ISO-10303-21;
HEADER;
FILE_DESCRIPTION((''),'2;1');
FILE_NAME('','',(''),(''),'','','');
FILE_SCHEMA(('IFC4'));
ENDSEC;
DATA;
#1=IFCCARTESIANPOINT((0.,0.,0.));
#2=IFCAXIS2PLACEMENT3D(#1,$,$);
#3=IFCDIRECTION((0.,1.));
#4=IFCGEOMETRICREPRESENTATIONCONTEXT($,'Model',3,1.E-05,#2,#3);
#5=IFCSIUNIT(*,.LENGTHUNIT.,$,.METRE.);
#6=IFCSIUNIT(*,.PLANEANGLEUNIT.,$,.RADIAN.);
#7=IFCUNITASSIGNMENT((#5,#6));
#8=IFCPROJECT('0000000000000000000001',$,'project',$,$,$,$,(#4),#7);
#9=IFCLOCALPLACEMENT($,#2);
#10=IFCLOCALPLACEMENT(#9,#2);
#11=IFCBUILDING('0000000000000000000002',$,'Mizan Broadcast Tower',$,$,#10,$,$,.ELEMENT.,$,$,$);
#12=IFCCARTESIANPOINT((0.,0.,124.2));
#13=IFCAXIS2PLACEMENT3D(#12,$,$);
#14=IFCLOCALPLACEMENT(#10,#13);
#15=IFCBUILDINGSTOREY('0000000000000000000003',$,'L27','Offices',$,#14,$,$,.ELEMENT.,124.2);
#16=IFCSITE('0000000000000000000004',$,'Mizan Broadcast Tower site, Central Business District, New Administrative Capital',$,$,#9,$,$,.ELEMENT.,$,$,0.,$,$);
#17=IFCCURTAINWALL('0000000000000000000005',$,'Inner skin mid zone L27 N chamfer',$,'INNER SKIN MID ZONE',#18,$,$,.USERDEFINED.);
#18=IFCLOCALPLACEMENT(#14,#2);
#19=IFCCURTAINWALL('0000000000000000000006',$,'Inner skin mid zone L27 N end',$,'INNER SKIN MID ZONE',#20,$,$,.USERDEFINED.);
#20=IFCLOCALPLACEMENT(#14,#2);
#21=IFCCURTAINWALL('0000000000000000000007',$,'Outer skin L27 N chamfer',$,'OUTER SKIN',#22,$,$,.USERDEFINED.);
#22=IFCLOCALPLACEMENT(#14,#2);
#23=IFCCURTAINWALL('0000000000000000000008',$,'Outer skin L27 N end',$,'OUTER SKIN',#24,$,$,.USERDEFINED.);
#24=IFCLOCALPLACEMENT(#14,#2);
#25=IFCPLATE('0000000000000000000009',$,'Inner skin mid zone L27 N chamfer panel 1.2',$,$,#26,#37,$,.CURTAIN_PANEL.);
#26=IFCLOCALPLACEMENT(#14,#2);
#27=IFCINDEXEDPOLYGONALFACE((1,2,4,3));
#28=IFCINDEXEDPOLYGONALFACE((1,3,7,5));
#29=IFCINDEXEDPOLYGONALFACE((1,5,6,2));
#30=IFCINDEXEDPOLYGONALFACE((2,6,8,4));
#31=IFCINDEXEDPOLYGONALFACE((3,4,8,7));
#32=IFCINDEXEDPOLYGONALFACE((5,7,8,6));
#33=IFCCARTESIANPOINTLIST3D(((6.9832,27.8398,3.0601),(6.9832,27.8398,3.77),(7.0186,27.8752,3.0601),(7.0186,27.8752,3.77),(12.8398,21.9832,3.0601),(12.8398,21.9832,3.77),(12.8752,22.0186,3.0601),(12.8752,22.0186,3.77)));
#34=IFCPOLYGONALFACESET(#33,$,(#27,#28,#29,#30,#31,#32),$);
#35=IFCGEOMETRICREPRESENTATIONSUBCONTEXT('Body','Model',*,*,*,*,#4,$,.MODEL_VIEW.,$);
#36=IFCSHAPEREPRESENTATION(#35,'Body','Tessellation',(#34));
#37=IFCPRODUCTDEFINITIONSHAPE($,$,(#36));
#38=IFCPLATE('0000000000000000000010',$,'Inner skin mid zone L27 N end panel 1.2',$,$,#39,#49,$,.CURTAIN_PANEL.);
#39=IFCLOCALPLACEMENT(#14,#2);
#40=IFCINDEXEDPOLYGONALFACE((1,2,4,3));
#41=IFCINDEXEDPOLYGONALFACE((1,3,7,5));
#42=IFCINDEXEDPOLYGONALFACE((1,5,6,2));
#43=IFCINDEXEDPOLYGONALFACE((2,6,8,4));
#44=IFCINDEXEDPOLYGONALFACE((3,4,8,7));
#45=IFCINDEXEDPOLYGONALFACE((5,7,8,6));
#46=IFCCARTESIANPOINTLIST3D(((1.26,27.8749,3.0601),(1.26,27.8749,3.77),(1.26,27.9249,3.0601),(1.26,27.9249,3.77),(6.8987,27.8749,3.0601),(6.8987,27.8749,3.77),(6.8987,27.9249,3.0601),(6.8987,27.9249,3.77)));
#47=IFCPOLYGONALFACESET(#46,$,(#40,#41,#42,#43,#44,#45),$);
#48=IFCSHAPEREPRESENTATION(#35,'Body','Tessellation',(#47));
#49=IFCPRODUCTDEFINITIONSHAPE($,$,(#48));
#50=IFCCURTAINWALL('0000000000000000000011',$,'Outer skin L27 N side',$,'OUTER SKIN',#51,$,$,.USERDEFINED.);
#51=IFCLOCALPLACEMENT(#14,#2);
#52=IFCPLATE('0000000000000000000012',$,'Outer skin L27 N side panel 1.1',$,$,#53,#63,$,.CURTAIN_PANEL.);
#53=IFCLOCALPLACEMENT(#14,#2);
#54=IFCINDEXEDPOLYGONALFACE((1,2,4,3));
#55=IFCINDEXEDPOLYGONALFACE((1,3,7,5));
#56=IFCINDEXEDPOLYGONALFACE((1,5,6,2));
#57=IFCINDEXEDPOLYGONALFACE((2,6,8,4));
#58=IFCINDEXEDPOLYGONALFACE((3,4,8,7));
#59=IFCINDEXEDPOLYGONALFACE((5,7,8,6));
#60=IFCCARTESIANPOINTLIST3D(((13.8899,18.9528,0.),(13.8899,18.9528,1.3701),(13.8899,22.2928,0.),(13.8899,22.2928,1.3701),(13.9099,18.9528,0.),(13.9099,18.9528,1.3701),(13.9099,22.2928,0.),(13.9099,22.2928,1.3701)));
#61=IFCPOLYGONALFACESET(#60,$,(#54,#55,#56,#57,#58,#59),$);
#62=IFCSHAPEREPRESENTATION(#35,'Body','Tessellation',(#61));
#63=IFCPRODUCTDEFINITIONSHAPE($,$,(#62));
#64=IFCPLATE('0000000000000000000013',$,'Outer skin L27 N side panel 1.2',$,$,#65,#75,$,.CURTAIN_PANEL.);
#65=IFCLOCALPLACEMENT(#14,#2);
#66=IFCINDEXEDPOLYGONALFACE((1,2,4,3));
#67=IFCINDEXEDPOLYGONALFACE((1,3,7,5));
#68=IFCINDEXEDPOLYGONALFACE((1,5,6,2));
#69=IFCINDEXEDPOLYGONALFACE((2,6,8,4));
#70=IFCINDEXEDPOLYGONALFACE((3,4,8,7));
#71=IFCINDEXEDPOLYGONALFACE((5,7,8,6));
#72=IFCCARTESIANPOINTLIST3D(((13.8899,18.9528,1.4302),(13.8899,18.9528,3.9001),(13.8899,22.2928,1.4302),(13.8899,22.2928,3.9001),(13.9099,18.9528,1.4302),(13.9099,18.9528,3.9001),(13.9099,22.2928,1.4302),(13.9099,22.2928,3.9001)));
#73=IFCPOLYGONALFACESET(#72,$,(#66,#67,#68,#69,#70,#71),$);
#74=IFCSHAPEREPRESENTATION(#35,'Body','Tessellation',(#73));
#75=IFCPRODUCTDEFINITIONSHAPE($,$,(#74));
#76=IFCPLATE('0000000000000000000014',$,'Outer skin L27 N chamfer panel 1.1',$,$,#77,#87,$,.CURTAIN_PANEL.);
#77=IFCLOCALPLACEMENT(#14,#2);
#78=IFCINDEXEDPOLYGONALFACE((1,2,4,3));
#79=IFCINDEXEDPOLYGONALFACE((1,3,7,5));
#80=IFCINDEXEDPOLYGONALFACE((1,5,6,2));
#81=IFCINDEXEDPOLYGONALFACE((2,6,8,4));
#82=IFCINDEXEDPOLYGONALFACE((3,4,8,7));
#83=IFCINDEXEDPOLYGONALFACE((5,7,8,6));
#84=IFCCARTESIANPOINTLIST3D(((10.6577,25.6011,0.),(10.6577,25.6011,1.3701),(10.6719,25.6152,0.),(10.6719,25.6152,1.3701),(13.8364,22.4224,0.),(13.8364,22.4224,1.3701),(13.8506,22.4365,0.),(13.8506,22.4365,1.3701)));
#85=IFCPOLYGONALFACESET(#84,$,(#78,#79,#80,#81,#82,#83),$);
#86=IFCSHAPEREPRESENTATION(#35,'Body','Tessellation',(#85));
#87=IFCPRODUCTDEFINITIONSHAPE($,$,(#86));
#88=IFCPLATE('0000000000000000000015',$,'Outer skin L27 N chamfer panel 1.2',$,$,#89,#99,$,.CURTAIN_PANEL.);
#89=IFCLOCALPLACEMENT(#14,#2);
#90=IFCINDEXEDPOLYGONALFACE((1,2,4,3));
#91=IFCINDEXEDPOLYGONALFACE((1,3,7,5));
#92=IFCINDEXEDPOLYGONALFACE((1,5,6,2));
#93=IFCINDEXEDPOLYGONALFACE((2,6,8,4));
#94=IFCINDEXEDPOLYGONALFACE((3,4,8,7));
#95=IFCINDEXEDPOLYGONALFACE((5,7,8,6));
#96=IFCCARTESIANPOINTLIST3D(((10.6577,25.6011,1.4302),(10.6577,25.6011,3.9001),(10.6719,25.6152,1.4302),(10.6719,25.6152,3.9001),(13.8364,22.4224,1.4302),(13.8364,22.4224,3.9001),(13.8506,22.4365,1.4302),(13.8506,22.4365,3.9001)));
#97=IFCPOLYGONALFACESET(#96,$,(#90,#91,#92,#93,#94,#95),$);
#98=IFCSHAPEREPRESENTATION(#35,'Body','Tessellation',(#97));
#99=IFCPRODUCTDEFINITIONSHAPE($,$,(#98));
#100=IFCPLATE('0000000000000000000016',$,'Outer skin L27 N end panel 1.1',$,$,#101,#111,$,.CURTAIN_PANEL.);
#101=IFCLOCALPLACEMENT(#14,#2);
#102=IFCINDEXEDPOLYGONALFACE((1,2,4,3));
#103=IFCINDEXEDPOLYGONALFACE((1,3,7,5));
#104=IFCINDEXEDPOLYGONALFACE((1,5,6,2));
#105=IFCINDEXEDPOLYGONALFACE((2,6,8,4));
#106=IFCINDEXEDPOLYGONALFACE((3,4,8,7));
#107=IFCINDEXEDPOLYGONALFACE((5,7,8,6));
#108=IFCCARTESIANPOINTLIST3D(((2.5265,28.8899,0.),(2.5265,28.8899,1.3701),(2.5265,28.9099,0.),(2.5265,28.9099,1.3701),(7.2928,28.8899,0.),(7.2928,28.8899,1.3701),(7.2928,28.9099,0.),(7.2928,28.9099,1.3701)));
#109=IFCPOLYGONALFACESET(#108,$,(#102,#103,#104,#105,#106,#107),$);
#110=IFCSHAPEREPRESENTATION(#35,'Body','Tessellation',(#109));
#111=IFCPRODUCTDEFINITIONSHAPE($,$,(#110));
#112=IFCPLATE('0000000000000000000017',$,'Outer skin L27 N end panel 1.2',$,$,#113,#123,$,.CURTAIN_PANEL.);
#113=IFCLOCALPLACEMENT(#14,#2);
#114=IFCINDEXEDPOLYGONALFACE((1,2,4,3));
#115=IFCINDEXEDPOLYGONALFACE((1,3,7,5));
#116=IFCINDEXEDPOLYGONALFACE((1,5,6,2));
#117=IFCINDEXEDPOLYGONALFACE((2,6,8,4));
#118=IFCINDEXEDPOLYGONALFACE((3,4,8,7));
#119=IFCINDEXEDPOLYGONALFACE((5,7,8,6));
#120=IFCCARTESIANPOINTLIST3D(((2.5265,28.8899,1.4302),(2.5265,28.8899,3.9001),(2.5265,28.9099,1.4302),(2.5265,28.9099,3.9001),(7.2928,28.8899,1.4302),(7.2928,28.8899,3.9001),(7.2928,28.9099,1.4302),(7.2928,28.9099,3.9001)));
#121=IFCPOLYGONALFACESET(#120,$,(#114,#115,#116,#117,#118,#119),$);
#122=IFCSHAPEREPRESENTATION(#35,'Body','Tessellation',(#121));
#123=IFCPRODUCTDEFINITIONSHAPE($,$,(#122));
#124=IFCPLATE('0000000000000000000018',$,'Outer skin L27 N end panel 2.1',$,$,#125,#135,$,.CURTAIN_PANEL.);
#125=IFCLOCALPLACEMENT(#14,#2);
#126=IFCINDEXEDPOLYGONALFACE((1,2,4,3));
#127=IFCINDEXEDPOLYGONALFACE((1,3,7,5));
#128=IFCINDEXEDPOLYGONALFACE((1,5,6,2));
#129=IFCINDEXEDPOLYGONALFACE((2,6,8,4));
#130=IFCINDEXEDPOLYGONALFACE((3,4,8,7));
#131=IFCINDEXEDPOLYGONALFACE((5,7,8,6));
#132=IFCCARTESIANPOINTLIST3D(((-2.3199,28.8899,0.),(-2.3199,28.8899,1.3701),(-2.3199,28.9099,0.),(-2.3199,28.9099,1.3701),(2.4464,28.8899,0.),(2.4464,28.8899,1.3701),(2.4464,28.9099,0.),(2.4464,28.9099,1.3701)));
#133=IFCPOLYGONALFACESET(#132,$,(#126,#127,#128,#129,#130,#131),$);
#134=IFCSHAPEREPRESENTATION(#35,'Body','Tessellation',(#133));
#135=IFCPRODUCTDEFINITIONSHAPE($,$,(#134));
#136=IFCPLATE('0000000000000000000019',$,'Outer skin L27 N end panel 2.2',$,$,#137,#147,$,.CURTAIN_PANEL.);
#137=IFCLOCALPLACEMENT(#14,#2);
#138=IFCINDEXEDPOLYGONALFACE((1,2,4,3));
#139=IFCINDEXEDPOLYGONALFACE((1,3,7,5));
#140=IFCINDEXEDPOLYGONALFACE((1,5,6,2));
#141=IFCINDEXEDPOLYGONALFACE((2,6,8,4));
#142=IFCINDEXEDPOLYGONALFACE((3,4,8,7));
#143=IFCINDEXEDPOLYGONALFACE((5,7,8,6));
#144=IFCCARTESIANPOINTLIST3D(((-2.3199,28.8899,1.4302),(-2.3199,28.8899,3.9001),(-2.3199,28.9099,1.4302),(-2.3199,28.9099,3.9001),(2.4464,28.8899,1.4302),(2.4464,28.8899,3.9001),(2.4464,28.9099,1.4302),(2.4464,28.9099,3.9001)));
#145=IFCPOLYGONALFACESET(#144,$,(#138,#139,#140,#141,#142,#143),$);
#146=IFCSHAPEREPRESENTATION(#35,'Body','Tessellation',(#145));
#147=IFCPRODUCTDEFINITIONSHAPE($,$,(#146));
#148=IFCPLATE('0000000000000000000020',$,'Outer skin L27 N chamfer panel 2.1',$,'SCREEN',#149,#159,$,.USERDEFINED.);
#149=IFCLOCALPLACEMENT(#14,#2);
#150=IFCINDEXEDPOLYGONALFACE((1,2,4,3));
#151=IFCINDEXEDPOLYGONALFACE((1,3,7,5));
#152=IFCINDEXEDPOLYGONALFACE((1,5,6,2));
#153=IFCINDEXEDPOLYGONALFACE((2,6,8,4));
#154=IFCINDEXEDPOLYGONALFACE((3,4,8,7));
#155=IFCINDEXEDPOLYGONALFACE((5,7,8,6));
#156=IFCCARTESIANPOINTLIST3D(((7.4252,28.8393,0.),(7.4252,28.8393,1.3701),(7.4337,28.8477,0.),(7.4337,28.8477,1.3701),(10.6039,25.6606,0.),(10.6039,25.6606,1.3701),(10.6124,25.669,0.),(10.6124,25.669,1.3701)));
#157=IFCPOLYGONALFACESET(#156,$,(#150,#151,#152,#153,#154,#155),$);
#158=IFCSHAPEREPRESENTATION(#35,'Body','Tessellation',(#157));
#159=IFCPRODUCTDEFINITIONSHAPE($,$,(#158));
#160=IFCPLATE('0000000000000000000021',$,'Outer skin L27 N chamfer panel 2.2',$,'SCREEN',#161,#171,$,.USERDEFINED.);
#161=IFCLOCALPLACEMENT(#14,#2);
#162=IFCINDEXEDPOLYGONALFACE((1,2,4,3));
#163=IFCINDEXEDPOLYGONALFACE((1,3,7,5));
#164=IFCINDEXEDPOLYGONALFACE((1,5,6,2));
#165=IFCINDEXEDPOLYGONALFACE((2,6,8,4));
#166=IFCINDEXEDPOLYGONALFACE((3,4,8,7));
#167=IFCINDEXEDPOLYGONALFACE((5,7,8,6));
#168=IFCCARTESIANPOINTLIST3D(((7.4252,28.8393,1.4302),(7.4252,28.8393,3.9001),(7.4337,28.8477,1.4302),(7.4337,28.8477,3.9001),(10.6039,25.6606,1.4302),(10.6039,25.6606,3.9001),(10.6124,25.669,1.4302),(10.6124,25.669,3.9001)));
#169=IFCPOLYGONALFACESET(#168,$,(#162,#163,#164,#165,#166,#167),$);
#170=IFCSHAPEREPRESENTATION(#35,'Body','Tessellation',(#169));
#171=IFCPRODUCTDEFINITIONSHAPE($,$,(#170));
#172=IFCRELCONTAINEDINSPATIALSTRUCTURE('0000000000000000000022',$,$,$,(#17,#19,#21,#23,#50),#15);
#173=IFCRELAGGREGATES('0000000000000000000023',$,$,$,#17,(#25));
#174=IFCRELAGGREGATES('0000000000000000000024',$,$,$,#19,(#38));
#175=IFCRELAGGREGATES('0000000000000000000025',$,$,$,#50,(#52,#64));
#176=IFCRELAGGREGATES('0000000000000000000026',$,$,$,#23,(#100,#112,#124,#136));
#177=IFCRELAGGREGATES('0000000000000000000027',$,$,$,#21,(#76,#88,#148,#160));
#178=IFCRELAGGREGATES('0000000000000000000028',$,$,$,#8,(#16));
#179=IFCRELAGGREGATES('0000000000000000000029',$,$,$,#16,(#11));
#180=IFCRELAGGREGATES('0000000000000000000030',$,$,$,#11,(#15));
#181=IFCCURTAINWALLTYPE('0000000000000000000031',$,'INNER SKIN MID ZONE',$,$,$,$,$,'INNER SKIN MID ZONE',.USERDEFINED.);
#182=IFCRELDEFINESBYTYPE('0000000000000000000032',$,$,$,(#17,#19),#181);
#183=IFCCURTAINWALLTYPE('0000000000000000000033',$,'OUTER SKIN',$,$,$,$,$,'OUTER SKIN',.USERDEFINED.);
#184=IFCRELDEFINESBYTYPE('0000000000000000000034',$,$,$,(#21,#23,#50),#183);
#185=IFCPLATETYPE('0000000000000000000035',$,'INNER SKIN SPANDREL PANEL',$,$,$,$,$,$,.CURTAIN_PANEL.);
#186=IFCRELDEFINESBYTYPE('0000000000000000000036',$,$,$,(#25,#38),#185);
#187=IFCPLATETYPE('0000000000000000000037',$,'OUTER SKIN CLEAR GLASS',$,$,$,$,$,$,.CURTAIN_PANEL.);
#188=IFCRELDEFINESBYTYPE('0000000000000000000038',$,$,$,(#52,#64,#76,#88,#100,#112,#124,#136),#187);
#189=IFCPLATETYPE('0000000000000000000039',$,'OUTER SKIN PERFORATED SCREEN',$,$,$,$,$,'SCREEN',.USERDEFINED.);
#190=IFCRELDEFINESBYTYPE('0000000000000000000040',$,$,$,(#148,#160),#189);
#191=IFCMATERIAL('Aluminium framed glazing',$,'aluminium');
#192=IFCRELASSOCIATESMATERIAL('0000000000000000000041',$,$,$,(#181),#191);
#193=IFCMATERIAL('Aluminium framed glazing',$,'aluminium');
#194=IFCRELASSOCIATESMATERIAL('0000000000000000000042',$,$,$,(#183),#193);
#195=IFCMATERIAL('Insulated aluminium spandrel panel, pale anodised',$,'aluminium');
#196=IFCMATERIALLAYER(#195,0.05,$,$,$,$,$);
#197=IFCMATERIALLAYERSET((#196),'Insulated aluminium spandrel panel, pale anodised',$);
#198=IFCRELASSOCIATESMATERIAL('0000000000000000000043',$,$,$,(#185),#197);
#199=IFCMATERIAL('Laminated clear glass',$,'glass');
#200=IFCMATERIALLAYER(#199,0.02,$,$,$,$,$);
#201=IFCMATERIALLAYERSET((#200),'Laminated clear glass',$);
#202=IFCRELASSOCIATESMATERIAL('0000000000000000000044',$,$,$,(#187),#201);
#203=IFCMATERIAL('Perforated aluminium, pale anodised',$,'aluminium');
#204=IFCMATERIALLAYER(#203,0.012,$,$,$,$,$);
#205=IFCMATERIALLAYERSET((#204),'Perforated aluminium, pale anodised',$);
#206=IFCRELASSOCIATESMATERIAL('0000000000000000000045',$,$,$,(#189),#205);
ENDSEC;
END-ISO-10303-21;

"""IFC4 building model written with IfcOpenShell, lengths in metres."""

from ifc_helpers import new_model, si_unit, direction, frame, origin, origin_2d, place, context, subcontext, project, spatial, rectangle, extrude, material, layer, layer_set, type_object, element, aggregate, save


model = new_model("IFC4")

# Units and contexts
model_context = context("Model", 3, precision=1e-05, world=origin(), true_north=direction((0.0, 1.0)))
body_context = subcontext(model_context, "Body", "Model", "MODEL_VIEW")
ifc_project = project(units=[si_unit("LENGTHUNIT", "METRE"), si_unit("PLANEANGLEUNIT", "RADIAN")], contexts=[model_context])

# Site, building, storey
site_placement = place(None, origin())
site = spatial("IfcSite", under=ifc_project, at=site_placement, Name="Mizan Broadcast Tower site, Central Business District, New Administrative Capital", CompositionType="ELEMENT", RefElevation=0.0)
building_placement = place(site_placement, origin())
building = spatial("IfcBuilding", under=site, at=building_placement, Name="Mizan Broadcast Tower", CompositionType="ELEMENT")
storey_placement = place(building_placement, frame((0.0, 0.0, 124.2)))
storey = spatial("IfcBuildingStorey", under=building, at=storey_placement, Name="L27", Description="Offices", CompositionType="ELEMENT", Elevation=124.2)

# Curtain walls
ifc_material_1 = material(Name="Aluminium framed glazing", Category="aluminium")
curtain_wall_type_1 = type_object("IfcCurtainWallType", Name="INNER SKIN MID ZONE", ElementType="INNER SKIN MID ZONE", PredefinedType="USERDEFINED", material=ifc_material_1)
curtain_wall_1_placement = place(storey_placement, origin())
curtain_wall_1 = element("IfcCurtainWall", 1, at=curtain_wall_1_placement, inside=storey, type_object=curtain_wall_type_1, Name="Inner skin mid zone L27 N chamfer", ObjectType="INNER SKIN MID ZONE", PredefinedType="USERDEFINED")
curtain_wall_2_placement = place(storey_placement, origin())
curtain_wall_2 = element("IfcCurtainWall", 2, at=curtain_wall_2_placement, inside=storey, type_object=curtain_wall_type_1, Name="Inner skin mid zone L27 N end", ObjectType="INNER SKIN MID ZONE", PredefinedType="USERDEFINED")

# Curtain wall
ifc_material_2 = material(Name="Aluminium framed glazing", Category="aluminium")
curtain_wall_type_2 = type_object("IfcCurtainWallType", Name="OUTER SKIN", ElementType="OUTER SKIN", PredefinedType="USERDEFINED", material=ifc_material_2)
curtain_wall_3_placement = place(storey_placement, origin())
curtain_wall_3 = element("IfcCurtainWall", 3, at=curtain_wall_3_placement, inside=storey, type_object=curtain_wall_type_2, Name="Outer skin L27 N chamfer", ObjectType="OUTER SKIN", PredefinedType="USERDEFINED")

# Curtain wall
curtain_wall_4_placement = place(storey_placement, origin())
curtain_wall_4 = element("IfcCurtainWall", 4, at=curtain_wall_4_placement, inside=storey, type_object=curtain_wall_type_2, Name="Outer skin L27 N end", ObjectType="OUTER SKIN", PredefinedType="USERDEFINED")

# Plates
ifc_material_3 = material(Name="Insulated aluminium spandrel panel, pale anodised", Category="aluminium")
ifc_layer_1 = layer(ifc_material_3, 0.05)
ifc_layer_set_1 = layer_set([ifc_layer_1], Name="Insulated aluminium spandrel panel, pale anodised")
plate_type_1 = type_object("IfcPlateType", Name="INNER SKIN SPANDREL PANEL", PredefinedType="CURTAIN_PANEL", material=ifc_layer_set_1)
plate_1_placement = place(storey_placement, frame((9.9292, 24.9292, 3.0601), z_axis=(0.0, 0.0, 1.0), x_axis=(-0.707107, 0.707107, 0.0)))
plate_1 = element("IfcPlate", 5, at=plate_1_placement, type_object=plate_type_1, Name="Inner skin mid zone L27 N chamfer panel 1.2", PredefinedType="CURTAIN_PANEL", context=body_context, shape_type="SweptSolid", body=[
    extrude(rectangle(XDim=8.2825, YDim=0.05, at=origin_2d()), origin(), (0.0, 0.0, 1.0), 0.71),
])
aggregate(curtain_wall_1, [plate_1])
plate_2_placement = place(storey_placement, frame((4.0793, 27.8999, 3.0601), z_axis=(0.0, 0.0, 1.0), x_axis=(-1.0, 0.0, 0.0)))
plate_2 = element("IfcPlate", 6, at=plate_2_placement, type_object=plate_type_1, Name="Inner skin mid zone L27 N end panel 1.2", PredefinedType="CURTAIN_PANEL", context=body_context, shape_type="SweptSolid", body=[
    extrude(rectangle(XDim=5.6387, YDim=0.05, at=origin_2d()), origin(), (0.0, 0.0, 1.0), 0.71),
])
aggregate(curtain_wall_2, [plate_2])

# Curtain wall, plates
curtain_wall_5_placement = place(storey_placement, origin())
curtain_wall_5 = element("IfcCurtainWall", 7, at=curtain_wall_5_placement, inside=storey, type_object=curtain_wall_type_2, Name="Outer skin L27 N side", ObjectType="OUTER SKIN", PredefinedType="USERDEFINED")
ifc_material_4 = material(Name="Laminated clear glass", Category="glass")
ifc_layer_2 = layer(ifc_material_4, 0.02)
ifc_layer_set_2 = layer_set([ifc_layer_2], Name="Laminated clear glass")
plate_type_2 = type_object("IfcPlateType", Name="OUTER SKIN CLEAR GLASS", PredefinedType="CURTAIN_PANEL", material=ifc_layer_set_2)
plate_3_placement = place(storey_placement, frame((13.8999, 20.6228, 0.0), z_axis=(0.0, 0.0, 1.0), x_axis=(0.0, 1.0, 0.0)))
plate_3 = element("IfcPlate", 8, at=plate_3_placement, type_object=plate_type_2, Name="Outer skin L27 N side panel 1.1", PredefinedType="CURTAIN_PANEL", context=body_context, shape_type="SweptSolid", body=[
    extrude(rectangle(XDim=3.3401, YDim=0.02, at=origin_2d()), origin(), (0.0, 0.0, 1.0), 1.3701),
])
plate_4_placement = place(storey_placement, frame((13.8999, 20.6228, 1.4302), z_axis=(0.0, 0.0, 1.0), x_axis=(0.0, 1.0, 0.0)))
plate_4 = element("IfcPlate", 9, at=plate_4_placement, type_object=plate_type_2, Name="Outer skin L27 N side panel 1.2", PredefinedType="CURTAIN_PANEL", context=body_context, shape_type="SweptSolid", body=[
    extrude(rectangle(XDim=3.3401, YDim=0.02, at=origin_2d()), origin(), (0.0, 0.0, 1.0), 2.47),
])
aggregate(curtain_wall_5, [plate_3, plate_4])

# Plates
plate_5_placement = place(storey_placement, frame((12.2542, 24.0188, 0.0), z_axis=(0.0, 0.0, 1.0), x_axis=(-0.707107, 0.707107, 0.0)))
plate_5 = element("IfcPlate", 10, at=plate_5_placement, type_object=plate_type_2, Name="Outer skin L27 N chamfer panel 1.1", PredefinedType="CURTAIN_PANEL", context=body_context, shape_type="SweptSolid", body=[
    extrude(rectangle(XDim=4.4954, YDim=0.02, at=origin_2d()), origin(), (0.0, 0.0, 1.0), 1.3701),
])
plate_6_placement = place(storey_placement, frame((12.2542, 24.0188, 1.4302), z_axis=(0.0, 0.0, 1.0), x_axis=(-0.707107, 0.707107, 0.0)))
plate_6 = element("IfcPlate", 11, at=plate_6_placement, type_object=plate_type_2, Name="Outer skin L27 N chamfer panel 1.2", PredefinedType="CURTAIN_PANEL", context=body_context, shape_type="SweptSolid", body=[
    extrude(rectangle(XDim=4.4954, YDim=0.02, at=origin_2d()), origin(), (0.0, 0.0, 1.0), 2.47),
])
plate_7_placement = place(storey_placement, frame((4.9097, 28.8999, 0.0), z_axis=(0.0, 0.0, 1.0), x_axis=(-1.0, 0.0, 0.0)))
plate_7 = element("IfcPlate", 12, at=plate_7_placement, type_object=plate_type_2, Name="Outer skin L27 N end panel 1.1", PredefinedType="CURTAIN_PANEL", context=body_context, shape_type="SweptSolid", body=[
    extrude(rectangle(XDim=4.7664, YDim=0.02, at=origin_2d()), origin(), (0.0, 0.0, 1.0), 1.3701),
])
plate_8_placement = place(storey_placement, frame((4.9097, 28.8999, 1.4302), z_axis=(0.0, 0.0, 1.0), x_axis=(-1.0, 0.0, 0.0)))
plate_8 = element("IfcPlate", 13, at=plate_8_placement, type_object=plate_type_2, Name="Outer skin L27 N end panel 1.2", PredefinedType="CURTAIN_PANEL", context=body_context, shape_type="SweptSolid", body=[
    extrude(rectangle(XDim=4.7664, YDim=0.02, at=origin_2d()), origin(), (0.0, 0.0, 1.0), 2.47),
])
plate_9_placement = place(storey_placement, frame((0.0632, 28.8999, 0.0), z_axis=(0.0, 0.0, 1.0), x_axis=(-1.0, 0.0, 0.0)))
plate_9 = element("IfcPlate", 14, at=plate_9_placement, type_object=plate_type_2, Name="Outer skin L27 N end panel 2.1", PredefinedType="CURTAIN_PANEL", context=body_context, shape_type="SweptSolid", body=[
    extrude(rectangle(XDim=4.7664, YDim=0.02, at=origin_2d()), origin(), (0.0, 0.0, 1.0), 1.3701),
])
plate_10_placement = place(storey_placement, frame((0.0632, 28.8999, 1.4302), z_axis=(0.0, 0.0, 1.0), x_axis=(-1.0, 0.0, 0.0)))
plate_10 = element("IfcPlate", 15, at=plate_10_placement, type_object=plate_type_2, Name="Outer skin L27 N end panel 2.2", PredefinedType="CURTAIN_PANEL", context=body_context, shape_type="SweptSolid", body=[
    extrude(rectangle(XDim=4.7664, YDim=0.02, at=origin_2d()), origin(), (0.0, 0.0, 1.0), 2.47),
])
aggregate(curtain_wall_4, [plate_7, plate_8, plate_9, plate_10])
ifc_material_5 = material(Name="Perforated aluminium, pale anodised", Category="aluminium")
ifc_layer_3 = layer(ifc_material_5, 0.012)
ifc_layer_set_3 = layer_set([ifc_layer_3], Name="Perforated aluminium, pale anodised")
plate_type_3 = type_object("IfcPlateType", Name="OUTER SKIN PERFORATED SCREEN", ElementType="SCREEN", PredefinedType="USERDEFINED", material=ifc_layer_set_3)
plate_11_placement = place(storey_placement, frame((9.0188, 27.2542, 0.0), z_axis=(0.0, 0.0, 1.0), x_axis=(-0.707107, 0.707107, 0.0)))
plate_11 = element("IfcPlate", 16, at=plate_11_placement, type_object=plate_type_3, Name="Outer skin L27 N chamfer panel 2.1", ObjectType="SCREEN", PredefinedType="USERDEFINED", context=body_context, shape_type="SweptSolid", body=[
    extrude(rectangle(XDim=4.4954, YDim=0.012, at=origin_2d()), origin(), (0.0, 0.0, 1.0), 1.3701),
])
plate_12_placement = place(storey_placement, frame((9.0188, 27.2542, 1.4302), z_axis=(0.0, 0.0, 1.0), x_axis=(-0.707107, 0.707107, 0.0)))
plate_12 = element("IfcPlate", 17, at=plate_12_placement, type_object=plate_type_3, Name="Outer skin L27 N chamfer panel 2.2", ObjectType="SCREEN", PredefinedType="USERDEFINED", context=body_context, shape_type="SweptSolid", body=[
    extrude(rectangle(XDim=4.4954, YDim=0.012, at=origin_2d()), origin(), (0.0, 0.0, 1.0), 2.47),
])
aggregate(curtain_wall_3, [plate_5, plate_6, plate_11, plate_12])

save(model, "model.ifc")
